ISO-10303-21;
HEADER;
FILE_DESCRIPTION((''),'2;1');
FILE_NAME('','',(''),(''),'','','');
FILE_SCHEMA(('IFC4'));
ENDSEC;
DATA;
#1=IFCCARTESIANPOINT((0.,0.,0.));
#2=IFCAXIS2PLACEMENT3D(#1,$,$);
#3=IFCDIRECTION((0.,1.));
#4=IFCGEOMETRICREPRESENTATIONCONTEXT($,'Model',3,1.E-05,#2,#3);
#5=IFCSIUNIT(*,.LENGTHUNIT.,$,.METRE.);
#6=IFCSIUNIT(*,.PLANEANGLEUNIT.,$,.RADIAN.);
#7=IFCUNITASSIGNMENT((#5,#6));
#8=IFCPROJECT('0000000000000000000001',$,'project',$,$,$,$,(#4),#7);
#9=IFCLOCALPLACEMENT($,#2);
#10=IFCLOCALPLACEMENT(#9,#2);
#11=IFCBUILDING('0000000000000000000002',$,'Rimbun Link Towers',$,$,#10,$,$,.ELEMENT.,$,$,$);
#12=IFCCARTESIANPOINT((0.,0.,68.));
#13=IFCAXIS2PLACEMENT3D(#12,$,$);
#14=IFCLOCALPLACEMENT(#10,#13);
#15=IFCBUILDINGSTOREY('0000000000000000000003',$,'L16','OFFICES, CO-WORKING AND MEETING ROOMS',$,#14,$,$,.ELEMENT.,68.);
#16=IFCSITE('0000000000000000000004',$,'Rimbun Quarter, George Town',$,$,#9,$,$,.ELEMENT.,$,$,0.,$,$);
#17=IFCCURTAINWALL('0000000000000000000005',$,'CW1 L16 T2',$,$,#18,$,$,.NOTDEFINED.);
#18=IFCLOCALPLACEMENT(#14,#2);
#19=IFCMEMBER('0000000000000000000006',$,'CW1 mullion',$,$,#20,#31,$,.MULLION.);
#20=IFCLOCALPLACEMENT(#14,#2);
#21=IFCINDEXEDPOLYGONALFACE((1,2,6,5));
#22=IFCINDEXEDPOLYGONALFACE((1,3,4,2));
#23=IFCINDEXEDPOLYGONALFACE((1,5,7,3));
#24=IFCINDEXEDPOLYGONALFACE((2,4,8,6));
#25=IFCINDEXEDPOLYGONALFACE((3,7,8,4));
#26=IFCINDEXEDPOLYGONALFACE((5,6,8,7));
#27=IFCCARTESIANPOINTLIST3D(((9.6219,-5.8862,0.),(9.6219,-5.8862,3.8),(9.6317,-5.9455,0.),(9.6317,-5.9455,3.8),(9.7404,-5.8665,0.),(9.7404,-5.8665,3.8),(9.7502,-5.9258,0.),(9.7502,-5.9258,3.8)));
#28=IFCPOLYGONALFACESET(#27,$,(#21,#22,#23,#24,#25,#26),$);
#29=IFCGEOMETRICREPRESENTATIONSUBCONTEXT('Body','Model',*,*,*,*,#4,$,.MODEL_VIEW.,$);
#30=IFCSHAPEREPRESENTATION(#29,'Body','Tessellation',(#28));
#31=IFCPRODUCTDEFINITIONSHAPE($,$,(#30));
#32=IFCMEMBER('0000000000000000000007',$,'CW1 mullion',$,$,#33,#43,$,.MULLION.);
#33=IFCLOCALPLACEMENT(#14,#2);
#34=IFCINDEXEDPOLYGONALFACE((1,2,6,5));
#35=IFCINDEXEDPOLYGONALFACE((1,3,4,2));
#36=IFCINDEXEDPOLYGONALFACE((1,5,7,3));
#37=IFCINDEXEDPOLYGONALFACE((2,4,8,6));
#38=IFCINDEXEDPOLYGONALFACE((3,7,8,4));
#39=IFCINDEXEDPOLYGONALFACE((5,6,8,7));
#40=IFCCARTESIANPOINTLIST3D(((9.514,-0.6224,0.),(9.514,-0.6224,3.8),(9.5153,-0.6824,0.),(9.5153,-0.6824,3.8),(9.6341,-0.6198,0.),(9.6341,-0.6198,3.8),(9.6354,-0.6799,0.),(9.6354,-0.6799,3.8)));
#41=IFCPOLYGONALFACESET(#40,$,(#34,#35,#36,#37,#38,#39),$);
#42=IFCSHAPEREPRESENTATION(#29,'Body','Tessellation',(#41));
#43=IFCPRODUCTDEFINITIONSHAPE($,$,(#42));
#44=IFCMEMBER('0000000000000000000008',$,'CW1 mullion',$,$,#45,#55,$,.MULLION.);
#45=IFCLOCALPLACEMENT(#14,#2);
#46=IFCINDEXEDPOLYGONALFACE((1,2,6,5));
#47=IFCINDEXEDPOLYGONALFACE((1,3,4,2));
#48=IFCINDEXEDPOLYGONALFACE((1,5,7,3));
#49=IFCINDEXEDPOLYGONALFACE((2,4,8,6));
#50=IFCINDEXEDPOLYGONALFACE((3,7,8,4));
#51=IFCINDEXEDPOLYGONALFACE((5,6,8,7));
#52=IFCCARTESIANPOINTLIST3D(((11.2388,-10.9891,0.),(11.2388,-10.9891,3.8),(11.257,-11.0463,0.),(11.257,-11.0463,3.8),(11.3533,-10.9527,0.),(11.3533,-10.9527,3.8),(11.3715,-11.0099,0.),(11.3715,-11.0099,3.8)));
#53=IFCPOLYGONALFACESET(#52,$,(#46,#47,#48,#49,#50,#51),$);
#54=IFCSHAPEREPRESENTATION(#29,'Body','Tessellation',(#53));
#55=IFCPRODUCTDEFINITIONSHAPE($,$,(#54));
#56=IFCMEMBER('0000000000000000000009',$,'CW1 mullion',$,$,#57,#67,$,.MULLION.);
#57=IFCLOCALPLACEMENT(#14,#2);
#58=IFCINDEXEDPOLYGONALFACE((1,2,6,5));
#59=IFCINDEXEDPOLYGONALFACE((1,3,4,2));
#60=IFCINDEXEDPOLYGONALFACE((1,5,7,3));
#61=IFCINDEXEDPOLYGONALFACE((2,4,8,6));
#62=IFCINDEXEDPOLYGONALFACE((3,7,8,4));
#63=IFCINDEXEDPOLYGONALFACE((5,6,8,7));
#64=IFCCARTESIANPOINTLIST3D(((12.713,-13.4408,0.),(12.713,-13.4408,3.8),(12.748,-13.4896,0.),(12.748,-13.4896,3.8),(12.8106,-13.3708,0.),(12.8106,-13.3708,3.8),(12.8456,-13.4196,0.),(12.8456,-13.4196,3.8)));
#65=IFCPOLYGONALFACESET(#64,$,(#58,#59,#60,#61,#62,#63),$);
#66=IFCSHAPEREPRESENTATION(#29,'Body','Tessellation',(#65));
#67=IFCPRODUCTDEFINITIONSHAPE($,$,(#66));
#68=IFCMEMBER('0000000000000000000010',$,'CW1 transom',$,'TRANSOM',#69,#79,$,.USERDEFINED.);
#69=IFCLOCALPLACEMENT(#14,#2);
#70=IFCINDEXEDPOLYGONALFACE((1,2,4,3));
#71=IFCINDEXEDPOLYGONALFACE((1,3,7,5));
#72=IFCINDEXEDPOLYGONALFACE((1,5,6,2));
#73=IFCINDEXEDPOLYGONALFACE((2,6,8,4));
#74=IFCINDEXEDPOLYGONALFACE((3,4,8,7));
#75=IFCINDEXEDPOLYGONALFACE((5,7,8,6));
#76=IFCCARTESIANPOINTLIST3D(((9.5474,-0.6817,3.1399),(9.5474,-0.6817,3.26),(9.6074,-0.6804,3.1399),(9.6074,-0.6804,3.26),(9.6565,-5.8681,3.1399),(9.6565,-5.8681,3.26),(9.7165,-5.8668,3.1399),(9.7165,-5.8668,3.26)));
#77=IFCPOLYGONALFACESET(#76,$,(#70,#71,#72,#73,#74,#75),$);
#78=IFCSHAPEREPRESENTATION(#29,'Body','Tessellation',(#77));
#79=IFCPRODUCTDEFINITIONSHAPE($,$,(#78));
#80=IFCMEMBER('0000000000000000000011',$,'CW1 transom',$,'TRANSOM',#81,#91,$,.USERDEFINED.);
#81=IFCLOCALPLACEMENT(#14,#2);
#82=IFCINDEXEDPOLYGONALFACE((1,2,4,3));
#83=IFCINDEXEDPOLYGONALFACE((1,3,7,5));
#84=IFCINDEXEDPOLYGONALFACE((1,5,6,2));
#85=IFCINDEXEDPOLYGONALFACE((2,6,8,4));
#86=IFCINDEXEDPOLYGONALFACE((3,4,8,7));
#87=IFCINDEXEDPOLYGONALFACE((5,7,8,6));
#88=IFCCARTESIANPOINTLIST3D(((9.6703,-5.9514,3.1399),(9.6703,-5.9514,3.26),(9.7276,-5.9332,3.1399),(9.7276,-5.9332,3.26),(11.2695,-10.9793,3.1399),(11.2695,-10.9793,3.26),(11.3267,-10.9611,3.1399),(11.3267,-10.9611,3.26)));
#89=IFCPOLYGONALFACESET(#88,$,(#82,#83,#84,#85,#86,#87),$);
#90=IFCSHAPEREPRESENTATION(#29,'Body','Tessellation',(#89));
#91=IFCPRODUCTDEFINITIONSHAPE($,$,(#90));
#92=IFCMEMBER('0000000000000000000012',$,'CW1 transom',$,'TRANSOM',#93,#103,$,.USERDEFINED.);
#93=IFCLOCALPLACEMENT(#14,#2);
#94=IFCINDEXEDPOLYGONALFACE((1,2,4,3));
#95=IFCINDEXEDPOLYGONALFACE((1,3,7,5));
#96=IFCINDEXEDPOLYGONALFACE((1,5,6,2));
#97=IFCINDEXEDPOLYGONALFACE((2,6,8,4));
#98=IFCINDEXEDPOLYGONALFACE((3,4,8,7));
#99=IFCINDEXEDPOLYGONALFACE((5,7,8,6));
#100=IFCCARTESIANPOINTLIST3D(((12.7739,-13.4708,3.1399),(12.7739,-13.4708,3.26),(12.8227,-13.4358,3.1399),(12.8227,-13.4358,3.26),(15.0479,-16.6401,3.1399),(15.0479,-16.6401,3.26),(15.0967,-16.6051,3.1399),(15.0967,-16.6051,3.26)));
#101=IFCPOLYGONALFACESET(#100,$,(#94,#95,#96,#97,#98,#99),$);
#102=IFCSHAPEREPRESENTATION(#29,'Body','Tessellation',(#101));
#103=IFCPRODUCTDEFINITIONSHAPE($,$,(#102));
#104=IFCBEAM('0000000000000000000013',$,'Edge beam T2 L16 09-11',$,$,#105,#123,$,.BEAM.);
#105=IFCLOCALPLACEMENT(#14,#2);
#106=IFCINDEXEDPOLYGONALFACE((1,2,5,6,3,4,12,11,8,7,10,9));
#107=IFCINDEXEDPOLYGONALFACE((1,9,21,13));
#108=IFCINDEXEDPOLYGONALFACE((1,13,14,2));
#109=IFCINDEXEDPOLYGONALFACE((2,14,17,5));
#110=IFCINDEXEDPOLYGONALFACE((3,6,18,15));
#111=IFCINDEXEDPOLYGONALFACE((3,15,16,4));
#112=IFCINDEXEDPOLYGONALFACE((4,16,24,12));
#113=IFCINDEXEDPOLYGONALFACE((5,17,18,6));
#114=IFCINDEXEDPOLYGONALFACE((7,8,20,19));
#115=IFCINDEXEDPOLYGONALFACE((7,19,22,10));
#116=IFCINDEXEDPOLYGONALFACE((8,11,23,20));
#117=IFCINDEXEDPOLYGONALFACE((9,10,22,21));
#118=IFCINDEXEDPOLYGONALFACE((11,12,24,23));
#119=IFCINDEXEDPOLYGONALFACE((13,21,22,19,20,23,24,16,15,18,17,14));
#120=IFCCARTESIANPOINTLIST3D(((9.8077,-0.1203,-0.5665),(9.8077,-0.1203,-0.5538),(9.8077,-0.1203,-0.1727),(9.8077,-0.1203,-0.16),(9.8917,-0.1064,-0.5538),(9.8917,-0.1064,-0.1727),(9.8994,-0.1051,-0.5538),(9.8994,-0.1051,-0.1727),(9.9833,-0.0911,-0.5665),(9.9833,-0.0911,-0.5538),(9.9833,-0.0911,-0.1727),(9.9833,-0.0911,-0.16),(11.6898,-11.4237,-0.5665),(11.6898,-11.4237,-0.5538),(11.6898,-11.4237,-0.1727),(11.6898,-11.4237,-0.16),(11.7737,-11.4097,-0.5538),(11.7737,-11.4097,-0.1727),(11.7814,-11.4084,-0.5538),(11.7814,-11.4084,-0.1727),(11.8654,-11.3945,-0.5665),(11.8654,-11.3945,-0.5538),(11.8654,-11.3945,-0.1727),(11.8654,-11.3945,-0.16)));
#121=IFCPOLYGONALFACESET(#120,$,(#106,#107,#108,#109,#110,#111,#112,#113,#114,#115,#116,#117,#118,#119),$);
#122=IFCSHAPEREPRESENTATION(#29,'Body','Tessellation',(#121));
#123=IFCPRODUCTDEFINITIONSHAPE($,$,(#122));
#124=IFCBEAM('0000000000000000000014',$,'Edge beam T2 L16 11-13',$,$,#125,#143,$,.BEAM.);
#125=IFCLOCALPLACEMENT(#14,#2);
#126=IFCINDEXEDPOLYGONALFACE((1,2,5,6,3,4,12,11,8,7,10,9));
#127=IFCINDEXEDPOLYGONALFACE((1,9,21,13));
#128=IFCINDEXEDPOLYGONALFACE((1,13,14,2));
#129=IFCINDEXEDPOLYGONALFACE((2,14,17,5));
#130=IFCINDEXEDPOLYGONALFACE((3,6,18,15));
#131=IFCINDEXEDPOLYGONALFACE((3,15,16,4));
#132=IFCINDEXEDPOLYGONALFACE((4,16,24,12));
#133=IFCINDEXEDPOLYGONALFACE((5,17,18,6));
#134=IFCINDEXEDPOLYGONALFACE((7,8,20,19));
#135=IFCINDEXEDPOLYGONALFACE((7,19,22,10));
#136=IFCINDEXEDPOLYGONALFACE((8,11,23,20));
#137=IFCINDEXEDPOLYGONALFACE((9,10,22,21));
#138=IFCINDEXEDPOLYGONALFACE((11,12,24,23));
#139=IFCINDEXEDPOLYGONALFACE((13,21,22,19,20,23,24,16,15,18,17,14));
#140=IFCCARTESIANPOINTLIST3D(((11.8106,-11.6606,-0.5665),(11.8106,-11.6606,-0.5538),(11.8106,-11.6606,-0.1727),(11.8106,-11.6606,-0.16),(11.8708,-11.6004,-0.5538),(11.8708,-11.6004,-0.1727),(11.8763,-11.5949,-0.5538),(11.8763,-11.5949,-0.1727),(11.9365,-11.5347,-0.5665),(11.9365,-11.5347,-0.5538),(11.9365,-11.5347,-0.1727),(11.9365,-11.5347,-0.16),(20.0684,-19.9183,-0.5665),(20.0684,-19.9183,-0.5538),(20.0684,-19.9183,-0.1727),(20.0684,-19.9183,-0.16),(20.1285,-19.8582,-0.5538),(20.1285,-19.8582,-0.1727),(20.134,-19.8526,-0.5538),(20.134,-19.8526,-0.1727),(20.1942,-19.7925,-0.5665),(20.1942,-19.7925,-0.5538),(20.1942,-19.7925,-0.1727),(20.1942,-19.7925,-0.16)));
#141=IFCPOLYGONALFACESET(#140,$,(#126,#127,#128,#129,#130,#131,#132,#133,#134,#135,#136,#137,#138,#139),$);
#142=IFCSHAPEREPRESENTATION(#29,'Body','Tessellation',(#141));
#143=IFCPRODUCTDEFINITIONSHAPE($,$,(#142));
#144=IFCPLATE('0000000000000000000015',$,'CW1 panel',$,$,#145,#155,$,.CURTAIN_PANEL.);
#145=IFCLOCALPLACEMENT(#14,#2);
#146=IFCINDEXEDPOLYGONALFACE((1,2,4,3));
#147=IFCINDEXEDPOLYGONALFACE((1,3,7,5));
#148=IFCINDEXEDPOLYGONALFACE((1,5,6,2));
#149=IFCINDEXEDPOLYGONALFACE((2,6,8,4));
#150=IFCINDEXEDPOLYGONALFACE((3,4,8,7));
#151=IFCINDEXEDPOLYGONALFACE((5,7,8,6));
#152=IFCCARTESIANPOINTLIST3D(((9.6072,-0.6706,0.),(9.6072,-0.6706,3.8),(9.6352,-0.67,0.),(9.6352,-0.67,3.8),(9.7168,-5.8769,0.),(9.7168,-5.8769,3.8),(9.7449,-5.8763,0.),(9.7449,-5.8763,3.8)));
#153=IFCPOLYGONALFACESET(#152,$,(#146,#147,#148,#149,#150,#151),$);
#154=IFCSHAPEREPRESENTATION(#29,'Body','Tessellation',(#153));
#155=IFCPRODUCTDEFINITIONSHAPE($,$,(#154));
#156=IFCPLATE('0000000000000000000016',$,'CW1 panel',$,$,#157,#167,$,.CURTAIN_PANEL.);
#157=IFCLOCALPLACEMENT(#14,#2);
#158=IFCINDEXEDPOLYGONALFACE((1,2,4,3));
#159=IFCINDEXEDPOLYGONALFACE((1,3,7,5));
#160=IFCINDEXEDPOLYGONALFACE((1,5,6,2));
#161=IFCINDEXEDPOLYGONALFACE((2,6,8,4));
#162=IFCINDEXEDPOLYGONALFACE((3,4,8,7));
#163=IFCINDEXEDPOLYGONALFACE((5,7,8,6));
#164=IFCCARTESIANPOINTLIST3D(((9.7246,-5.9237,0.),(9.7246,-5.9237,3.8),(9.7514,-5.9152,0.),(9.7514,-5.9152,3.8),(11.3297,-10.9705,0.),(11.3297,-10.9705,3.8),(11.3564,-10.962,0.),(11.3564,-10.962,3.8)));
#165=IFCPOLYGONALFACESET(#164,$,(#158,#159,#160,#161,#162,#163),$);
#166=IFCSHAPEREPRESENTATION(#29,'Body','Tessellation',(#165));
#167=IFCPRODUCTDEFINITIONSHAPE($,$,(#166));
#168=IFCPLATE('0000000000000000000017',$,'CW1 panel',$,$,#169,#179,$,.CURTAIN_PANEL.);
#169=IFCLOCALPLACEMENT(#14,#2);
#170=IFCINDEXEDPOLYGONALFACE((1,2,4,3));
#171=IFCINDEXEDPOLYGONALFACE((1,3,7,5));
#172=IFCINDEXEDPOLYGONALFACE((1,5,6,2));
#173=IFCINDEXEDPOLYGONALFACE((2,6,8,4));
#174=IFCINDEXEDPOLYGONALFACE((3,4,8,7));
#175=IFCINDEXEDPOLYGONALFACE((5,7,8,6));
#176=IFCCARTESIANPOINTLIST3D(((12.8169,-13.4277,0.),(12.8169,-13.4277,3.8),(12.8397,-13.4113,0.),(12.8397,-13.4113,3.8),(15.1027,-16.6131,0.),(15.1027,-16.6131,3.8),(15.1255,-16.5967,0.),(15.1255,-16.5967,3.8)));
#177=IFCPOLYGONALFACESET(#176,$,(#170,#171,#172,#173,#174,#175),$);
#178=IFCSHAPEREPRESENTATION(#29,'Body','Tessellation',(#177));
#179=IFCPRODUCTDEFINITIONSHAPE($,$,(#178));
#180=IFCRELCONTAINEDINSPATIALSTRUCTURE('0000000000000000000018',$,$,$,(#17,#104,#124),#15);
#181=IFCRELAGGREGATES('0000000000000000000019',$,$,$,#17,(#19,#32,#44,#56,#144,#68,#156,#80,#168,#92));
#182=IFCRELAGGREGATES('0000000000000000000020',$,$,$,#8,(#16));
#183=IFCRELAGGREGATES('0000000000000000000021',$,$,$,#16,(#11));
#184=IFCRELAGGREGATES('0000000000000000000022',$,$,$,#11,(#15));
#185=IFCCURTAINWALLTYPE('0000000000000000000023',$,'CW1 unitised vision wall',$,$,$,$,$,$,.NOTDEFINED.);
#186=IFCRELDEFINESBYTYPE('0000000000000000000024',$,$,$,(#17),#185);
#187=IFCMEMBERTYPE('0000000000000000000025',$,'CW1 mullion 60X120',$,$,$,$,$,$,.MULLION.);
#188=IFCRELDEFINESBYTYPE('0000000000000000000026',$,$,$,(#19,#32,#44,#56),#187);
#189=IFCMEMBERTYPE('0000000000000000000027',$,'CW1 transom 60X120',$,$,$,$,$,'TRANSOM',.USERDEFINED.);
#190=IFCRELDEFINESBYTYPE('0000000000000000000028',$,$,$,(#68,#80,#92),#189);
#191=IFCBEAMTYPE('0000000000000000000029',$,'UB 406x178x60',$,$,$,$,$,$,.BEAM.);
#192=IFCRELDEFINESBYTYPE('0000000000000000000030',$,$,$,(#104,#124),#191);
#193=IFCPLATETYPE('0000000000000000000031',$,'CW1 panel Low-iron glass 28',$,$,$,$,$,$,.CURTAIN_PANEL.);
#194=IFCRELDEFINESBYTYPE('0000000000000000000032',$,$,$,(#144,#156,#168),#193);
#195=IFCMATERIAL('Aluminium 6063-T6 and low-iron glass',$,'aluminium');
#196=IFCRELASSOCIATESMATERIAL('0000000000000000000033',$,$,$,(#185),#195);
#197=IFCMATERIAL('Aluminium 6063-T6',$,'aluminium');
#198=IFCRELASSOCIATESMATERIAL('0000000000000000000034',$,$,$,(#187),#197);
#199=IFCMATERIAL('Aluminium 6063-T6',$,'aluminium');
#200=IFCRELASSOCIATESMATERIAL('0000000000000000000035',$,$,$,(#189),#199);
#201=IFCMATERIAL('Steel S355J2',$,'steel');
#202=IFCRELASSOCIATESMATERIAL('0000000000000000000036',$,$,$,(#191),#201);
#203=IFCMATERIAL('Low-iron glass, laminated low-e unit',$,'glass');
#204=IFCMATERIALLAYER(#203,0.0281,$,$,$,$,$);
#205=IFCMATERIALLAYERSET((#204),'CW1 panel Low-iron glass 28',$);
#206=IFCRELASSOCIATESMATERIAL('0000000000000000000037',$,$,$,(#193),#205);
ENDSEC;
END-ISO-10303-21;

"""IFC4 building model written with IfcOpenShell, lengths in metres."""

from ifc_helpers import new_model, si_unit, direction, frame, origin, origin_2d, place, context, subcontext, project, spatial, rectangle, i_section, extrude, material, layer, layer_set, material_profile, profile_set, type_object, element, aggregate, save


model = new_model("IFC4")

# Units and contexts
model_context = context("Model", 3, precision=1e-05, world=origin(), true_north=direction((0.0, 1.0)))
body_context = subcontext(model_context, "Body", "Model", "MODEL_VIEW")
ifc_project = project(units=[si_unit("LENGTHUNIT", "METRE"), si_unit("PLANEANGLEUNIT", "RADIAN")], contexts=[model_context])

# Site, building, storey
site_placement = place(None, origin())
site = spatial("IfcSite", under=ifc_project, at=site_placement, Name="Rimbun Quarter, George Town", CompositionType="ELEMENT", RefElevation=0.0)
building_placement = place(site_placement, origin())
building = spatial("IfcBuilding", under=site, at=building_placement, Name="Rimbun Link Towers", CompositionType="ELEMENT")
storey_placement = place(building_placement, frame((0.0, 0.0, 68.0)))
storey = spatial("IfcBuildingStorey", under=building, at=storey_placement, Name="L16", Description="OFFICES, CO-WORKING AND MEETING ROOMS", CompositionType="ELEMENT", Elevation=68.0)

# Curtain wall, members
ifc_material_1 = material(Name="Aluminium 6063-T6 and low-iron glass", Category="aluminium")
curtain_wall_type = type_object("IfcCurtainWallType", Name="CW1 unitised vision wall", PredefinedType="NOTDEFINED", material=ifc_material_1)
curtain_wall_placement = place(storey_placement, origin())
curtain_wall = element("IfcCurtainWall", 1, at=curtain_wall_placement, inside=storey, type_object=curtain_wall_type, Name="CW1 L16 T2", PredefinedType="NOTDEFINED")
ifc_material_2 = material(Name="Aluminium 6063-T6", Category="aluminium")
ifc_material_profile_1 = material_profile(ifc_material_2, rectangle(XDim=0.1201, YDim=0.0601, at=origin_2d()), Name="MULLION 60X120")
ifc_profile_set_1 = profile_set([ifc_material_profile_1], Name="Aluminium 6063-T6")
member_type_1 = type_object("IfcMemberType", Name="CW1 mullion 60X120", PredefinedType="MULLION", material=ifc_profile_set_1)
member_1_placement = place(storey_placement, frame((9.686, -5.906, 0.0), z_axis=(0.0, 0.0, 1.0), x_axis=(-0.986503, -0.163744, 0.0)))
member_1 = element("IfcMember", 2, at=member_1_placement, type_object=member_type_1, Name="CW1 mullion", PredefinedType="MULLION", context=body_context, shape_type="SweptSolid", body=[
    extrude(rectangle(XDim=0.1201, YDim=0.0601, at=origin_2d()), origin(), (0.0, 0.0, 1.0), 3.8),
])
member_2_placement = place(storey_placement, frame((9.5747, -0.6511, 0.0), z_axis=(0.0, 0.0, 1.0), x_axis=(-0.999778, -0.02106, 0.0)))
member_2 = element("IfcMember", 3, at=member_2_placement, type_object=member_type_1, Name="CW1 mullion", PredefinedType="MULLION", context=body_context, shape_type="SweptSolid", body=[
    extrude(rectangle(XDim=0.1201, YDim=0.0601, at=origin_2d()), origin(), (0.0, 0.0, 1.0), 3.8),
])
member_3_placement = place(storey_placement, frame((11.3052, -10.9995, 0.0), z_axis=(0.0, 0.0, 1.0), x_axis=(-0.95297, -0.303066, 0.0)))
member_3 = element("IfcMember", 4, at=member_3_placement, type_object=member_type_1, Name="CW1 mullion", PredefinedType="MULLION", context=body_context, shape_type="SweptSolid", body=[
    extrude(rectangle(XDim=0.1201, YDim=0.0601, at=origin_2d()), origin(), (0.0, 0.0, 1.0), 3.8),
])
member_4_placement = place(storey_placement, frame((12.7793, -13.4302, 0.0), z_axis=(0.0, 0.0, 1.0), x_axis=(-0.812471, -0.583002, 0.0)))
member_4 = element("IfcMember", 5, at=member_4_placement, type_object=member_type_1, Name="CW1 mullion", PredefinedType="MULLION", context=body_context, shape_type="SweptSolid", body=[
    extrude(rectangle(XDim=0.1201, YDim=0.0601, at=origin_2d()), origin(), (0.0, 0.0, 1.0), 3.8),
])
ifc_material_3 = material(Name="Aluminium 6063-T6", Category="aluminium")
ifc_material_profile_2 = material_profile(ifc_material_3, rectangle(XDim=0.0601, YDim=0.1201, at=origin_2d()), Name="TRANSOM 60X120")
ifc_profile_set_2 = profile_set([ifc_material_profile_2], Name="Aluminium 6063-T6")
member_type_2 = type_object("IfcMemberType", Name="CW1 transom 60X120", ElementType="TRANSOM", PredefinedType="USERDEFINED", material=ifc_profile_set_2)
member_5_placement = place(storey_placement, frame((9.6865, -5.8674, 3.2), z_axis=(-0.021038, 0.999779, 0.0), x_axis=(-0.999779, -0.021038, 0.0)))
member_5 = element("IfcMember", 6, at=member_5_placement, type_object=member_type_2, Name="CW1 transom", ObjectType="TRANSOM", PredefinedType="USERDEFINED", context=body_context, shape_type="SweptSolid", body=[
    extrude(rectangle(XDim=0.0601, YDim=0.1201, at=origin_2d()), origin(), (0.0, 0.0, 1.0), 5.1875),
])
member_6_placement = place(storey_placement, frame((11.2981, -10.9702, 3.2), z_axis=(-0.303093, 0.952961, 0.0), x_axis=(-0.952961, -0.303093, 0.0)))
member_6 = element("IfcMember", 7, at=member_6_placement, type_object=member_type_2, Name="CW1 transom", ObjectType="TRANSOM", PredefinedType="USERDEFINED", context=body_context, shape_type="SweptSolid", body=[
    extrude(rectangle(XDim=0.0601, YDim=0.1201, at=origin_2d()), origin(), (0.0, 0.0, 1.0), 5.2761),
])
member_7_placement = place(storey_placement, frame((15.0723, -16.6226, 3.2), z_axis=(-0.582972, 0.812492, 0.0), x_axis=(-0.812492, -0.582972, 0.0)))
member_7 = element("IfcMember", 8, at=member_7_placement, type_object=member_type_2, Name="CW1 transom", ObjectType="TRANSOM", PredefinedType="USERDEFINED", context=body_context, shape_type="SweptSolid", body=[
    extrude(rectangle(XDim=0.0601, YDim=0.1201, at=origin_2d()), origin(), (0.0, 0.0, 1.0), 3.9006),
])

# Beams
ifc_material_4 = material(Name="Steel S355J2", Category="steel")
ifc_material_profile_3 = material_profile(ifc_material_4, i_section(OverallWidth=0.178, OverallDepth=0.4065, WebThickness=0.0078, FlangeThickness=0.0127, at=origin_2d()), Name="UB 406x178x60")
ifc_profile_set_3 = profile_set([ifc_material_profile_3], Name="Steel S355J2")
beam_type = type_object("IfcBeamType", Name="UB 406x178x60", PredefinedType="BEAM", material=ifc_profile_set_3)
beam_1_placement = place(storey_placement, frame((9.8955, -0.1057, -0.3633), z_axis=(0.164244, -0.98642, 0.0), x_axis=(0.98642, 0.164244, 0.0)))
element("IfcBeam", 9, at=beam_1_placement, inside=storey, type_object=beam_type, Name="Edge beam T2 L16 09-11", PredefinedType="BEAM", context=body_context, shape_type="SweptSolid", body=[
    extrude(i_section(OverallWidth=0.178, OverallDepth=0.4065, WebThickness=0.0078, FlangeThickness=0.0127, at=origin_2d()), origin(), (0.0, 0.0, 1.0), 11.459),
])
beam_2_placement = place(storey_placement, frame((11.8735, -11.5977, -0.3633), z_axis=(0.707107, -0.707107, 0.0), x_axis=(0.707107, 0.707107, 0.0)))
element("IfcBeam", 10, at=beam_2_placement, inside=storey, type_object=beam_type, Name="Edge beam T2 L16 11-13", PredefinedType="BEAM", context=body_context, shape_type="SweptSolid", body=[
    extrude(i_section(OverallWidth=0.178, OverallDepth=0.4065, WebThickness=0.0078, FlangeThickness=0.0127, at=origin_2d()), origin(), (0.0, 0.0, 1.0), 11.6782),
])

# Plates
ifc_material_5 = material(Name="Low-iron glass, laminated low-e unit", Category="glass")
ifc_layer_1 = layer(ifc_material_5, 0.0281)
ifc_layer_set_1 = layer_set([ifc_layer_1], Name="CW1 panel Low-iron glass 28")
plate_type = type_object("IfcPlateType", Name="CW1 panel Low-iron glass 28", PredefinedType="CURTAIN_PANEL", material=ifc_layer_set_1)
plate_1_placement = place(storey_placement, frame((9.676, -3.2734, 0.0), z_axis=(0.0, 0.0, 1.0), x_axis=(-0.02106, 0.999778, 0.0)))
plate_1 = element("IfcPlate", 11, at=plate_1_placement, type_object=plate_type, Name="CW1 panel", PredefinedType="CURTAIN_PANEL", context=body_context, shape_type="SweptSolid", body=[
    extrude(rectangle(XDim=5.2075, YDim=0.0281, at=origin_2d()), origin(), (0.0, 0.0, 1.0), 3.8),
])
plate_2_placement = place(storey_placement, frame((10.5405, -8.4429, 0.0), z_axis=(0.0, 0.0, 1.0), x_axis=(-0.303066, 0.95297, 0.0)))
plate_2 = element("IfcPlate", 12, at=plate_2_placement, type_object=plate_type, Name="CW1 panel", PredefinedType="CURTAIN_PANEL", context=body_context, shape_type="SweptSolid", body=[
    extrude(rectangle(XDim=5.2959, YDim=0.0281, at=origin_2d()), origin(), (0.0, 0.0, 1.0), 3.8),
])
plate_3_placement = place(storey_placement, frame((13.9712, -15.0122, 0.0), z_axis=(0.0, 0.0, 1.0), x_axis=(-0.583002, 0.812471, 0.0)))
plate_3 = element("IfcPlate", 13, at=plate_3_placement, type_object=plate_type, Name="CW1 panel", PredefinedType="CURTAIN_PANEL", context=body_context, shape_type="SweptSolid", body=[
    extrude(rectangle(XDim=3.9207, YDim=0.0281, at=origin_2d()), origin(), (0.0, 0.0, 1.0), 3.8),
])
aggregate(curtain_wall, [member_1, member_2, member_3, member_4, plate_1, member_5, plate_2, member_6, plate_3, member_7])

save(model, "model.ifc")
